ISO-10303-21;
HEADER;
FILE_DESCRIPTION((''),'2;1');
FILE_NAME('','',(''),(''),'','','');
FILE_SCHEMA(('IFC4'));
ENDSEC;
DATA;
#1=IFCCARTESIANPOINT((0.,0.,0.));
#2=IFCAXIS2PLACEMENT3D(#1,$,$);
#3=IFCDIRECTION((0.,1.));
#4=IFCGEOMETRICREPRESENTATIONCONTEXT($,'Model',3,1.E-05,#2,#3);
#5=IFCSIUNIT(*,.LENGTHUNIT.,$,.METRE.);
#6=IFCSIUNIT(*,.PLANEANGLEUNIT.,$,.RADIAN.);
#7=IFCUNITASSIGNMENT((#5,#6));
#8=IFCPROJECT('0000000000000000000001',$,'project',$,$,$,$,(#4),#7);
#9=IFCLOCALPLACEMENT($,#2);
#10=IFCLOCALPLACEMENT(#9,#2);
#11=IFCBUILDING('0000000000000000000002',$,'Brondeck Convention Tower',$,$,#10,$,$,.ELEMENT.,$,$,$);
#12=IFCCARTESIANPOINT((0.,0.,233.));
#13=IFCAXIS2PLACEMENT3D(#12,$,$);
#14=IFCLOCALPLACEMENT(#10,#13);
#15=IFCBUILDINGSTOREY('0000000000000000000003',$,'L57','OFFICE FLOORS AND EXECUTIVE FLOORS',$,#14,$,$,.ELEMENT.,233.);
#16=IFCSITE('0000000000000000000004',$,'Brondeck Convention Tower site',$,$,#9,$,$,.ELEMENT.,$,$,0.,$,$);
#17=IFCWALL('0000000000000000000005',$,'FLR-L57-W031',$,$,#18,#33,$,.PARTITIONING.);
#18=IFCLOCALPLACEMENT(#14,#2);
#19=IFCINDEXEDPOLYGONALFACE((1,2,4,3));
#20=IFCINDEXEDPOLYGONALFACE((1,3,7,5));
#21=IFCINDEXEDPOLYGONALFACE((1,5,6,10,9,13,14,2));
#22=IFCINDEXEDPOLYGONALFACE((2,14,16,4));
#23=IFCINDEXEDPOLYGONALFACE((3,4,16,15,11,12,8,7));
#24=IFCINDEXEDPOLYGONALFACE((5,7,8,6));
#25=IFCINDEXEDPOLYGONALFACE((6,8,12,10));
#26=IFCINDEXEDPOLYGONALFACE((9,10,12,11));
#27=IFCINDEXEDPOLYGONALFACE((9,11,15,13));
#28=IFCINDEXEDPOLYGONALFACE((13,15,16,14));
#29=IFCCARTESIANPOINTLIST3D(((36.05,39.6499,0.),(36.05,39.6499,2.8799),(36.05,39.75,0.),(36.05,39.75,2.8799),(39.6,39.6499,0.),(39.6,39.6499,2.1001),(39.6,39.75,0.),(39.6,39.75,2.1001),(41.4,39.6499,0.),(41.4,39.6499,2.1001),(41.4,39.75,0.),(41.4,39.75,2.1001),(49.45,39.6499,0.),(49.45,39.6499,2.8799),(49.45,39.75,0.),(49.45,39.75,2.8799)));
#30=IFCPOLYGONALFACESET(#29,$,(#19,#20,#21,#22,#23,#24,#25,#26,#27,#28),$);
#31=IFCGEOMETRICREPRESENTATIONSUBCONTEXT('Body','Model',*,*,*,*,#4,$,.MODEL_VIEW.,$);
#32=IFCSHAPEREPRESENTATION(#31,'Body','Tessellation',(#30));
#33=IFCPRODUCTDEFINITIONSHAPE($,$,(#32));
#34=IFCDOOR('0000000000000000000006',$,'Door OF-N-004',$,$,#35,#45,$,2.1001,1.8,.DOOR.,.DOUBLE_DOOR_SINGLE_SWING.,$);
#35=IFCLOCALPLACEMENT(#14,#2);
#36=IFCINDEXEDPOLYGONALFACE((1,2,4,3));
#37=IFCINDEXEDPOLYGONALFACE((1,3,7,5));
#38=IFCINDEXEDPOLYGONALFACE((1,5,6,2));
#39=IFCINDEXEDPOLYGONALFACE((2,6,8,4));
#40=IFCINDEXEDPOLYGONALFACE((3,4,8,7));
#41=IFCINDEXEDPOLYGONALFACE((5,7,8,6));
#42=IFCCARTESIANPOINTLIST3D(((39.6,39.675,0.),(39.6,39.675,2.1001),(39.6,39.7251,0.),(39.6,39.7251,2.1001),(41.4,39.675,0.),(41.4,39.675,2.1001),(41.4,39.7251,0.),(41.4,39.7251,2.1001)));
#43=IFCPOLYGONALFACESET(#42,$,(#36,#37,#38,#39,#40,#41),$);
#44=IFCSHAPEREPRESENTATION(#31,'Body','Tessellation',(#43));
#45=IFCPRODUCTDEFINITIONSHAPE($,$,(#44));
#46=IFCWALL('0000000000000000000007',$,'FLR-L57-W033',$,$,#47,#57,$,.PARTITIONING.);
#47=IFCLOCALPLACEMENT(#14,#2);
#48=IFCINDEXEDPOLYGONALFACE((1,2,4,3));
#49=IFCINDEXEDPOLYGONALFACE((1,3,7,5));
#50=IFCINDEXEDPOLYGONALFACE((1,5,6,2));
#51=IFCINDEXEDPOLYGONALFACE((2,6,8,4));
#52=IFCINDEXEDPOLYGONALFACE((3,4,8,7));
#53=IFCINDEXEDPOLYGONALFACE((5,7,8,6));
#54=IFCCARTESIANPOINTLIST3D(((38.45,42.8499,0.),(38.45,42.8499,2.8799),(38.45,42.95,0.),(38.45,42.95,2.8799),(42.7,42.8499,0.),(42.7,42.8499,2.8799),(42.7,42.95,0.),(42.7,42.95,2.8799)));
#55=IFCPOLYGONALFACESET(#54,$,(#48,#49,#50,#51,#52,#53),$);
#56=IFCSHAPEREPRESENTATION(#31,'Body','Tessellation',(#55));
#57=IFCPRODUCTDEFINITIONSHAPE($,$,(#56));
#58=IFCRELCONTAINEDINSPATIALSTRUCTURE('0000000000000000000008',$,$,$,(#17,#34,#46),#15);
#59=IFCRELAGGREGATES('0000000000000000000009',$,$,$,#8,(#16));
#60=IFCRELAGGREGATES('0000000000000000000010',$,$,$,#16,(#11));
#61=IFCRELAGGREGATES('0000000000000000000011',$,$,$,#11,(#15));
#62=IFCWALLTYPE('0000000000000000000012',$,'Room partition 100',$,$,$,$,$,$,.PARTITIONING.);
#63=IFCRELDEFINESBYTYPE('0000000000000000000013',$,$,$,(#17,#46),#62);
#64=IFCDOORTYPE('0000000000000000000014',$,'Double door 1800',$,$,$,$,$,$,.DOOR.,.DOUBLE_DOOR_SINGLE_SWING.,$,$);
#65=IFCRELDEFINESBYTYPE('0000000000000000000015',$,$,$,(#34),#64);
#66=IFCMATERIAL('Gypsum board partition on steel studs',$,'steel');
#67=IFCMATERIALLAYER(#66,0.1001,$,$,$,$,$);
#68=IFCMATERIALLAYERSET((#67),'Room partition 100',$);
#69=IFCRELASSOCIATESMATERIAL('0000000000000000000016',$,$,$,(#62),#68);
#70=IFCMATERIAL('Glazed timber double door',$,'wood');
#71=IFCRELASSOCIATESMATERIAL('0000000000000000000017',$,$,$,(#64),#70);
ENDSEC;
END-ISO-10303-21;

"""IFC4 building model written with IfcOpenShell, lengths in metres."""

from ifc_helpers import new_model, si_unit, direction, frame, frame_2d, origin, place, context, subcontext, project, spatial, rectangle, extrude, material, layer, layer_set, type_object, element, fill, save


model = new_model("IFC4")

# Units and contexts
model_context = context("Model", 3, precision=1e-05, world=origin(), true_north=direction((0.0, 1.0)))
body_context = subcontext(model_context, "Body", "Model", "MODEL_VIEW")
ifc_project = project(units=[si_unit("LENGTHUNIT", "METRE"), si_unit("PLANEANGLEUNIT", "RADIAN")], contexts=[model_context])

# Site, building, storey
site_placement = place(None, origin())
site = spatial("IfcSite", under=ifc_project, at=site_placement, Name="Brondeck Convention Tower site", CompositionType="ELEMENT", RefElevation=0.0)
building_placement = place(site_placement, origin())
building = spatial("IfcBuilding", under=site, at=building_placement, Name="Brondeck Convention Tower", CompositionType="ELEMENT")
storey_placement = place(building_placement, frame((0.0, 0.0, 233.0)))
storey = spatial("IfcBuildingStorey", under=building, at=storey_placement, Name="L57", Description="OFFICE FLOORS AND EXECUTIVE FLOORS", CompositionType="ELEMENT", Elevation=233.0)

# Shared definitions
ifc_material_1 = material(Name="Gypsum board partition on steel studs", Category="steel")
ifc_layer_1 = layer(ifc_material_1, 0.1001)
ifc_layer_set_1 = layer_set([ifc_layer_1], Name="Room partition 100")
wall_type_1 = type_object("IfcWallType", Name="Room partition 100", PredefinedType="PARTITIONING", material=ifc_layer_set_1)

# Wall, opening, door
wall_1_placement = place(storey_placement, frame((49.45, 39.7, 0.0), z_axis=(0.0, 0.0, 1.0), x_axis=(-1.0, 0.0, 0.0)))
wall_1 = element("IfcWall", 1, at=wall_1_placement, inside=storey, type_object=wall_type_1, Name="FLR-L57-W031", PredefinedType="PARTITIONING", context=body_context, shape_type="SweptSolid", body=[
    extrude(rectangle(XDim=13.3999, YDim=0.1001, at=frame_2d((6.7, 0.0))), origin(), (0.0, 0.0, 1.0), 2.8799),
])
opening_placement = place(wall_1_placement, frame((8.05, 0.0, 0.0)))
opening = element("IfcOpeningElement", 2, at=opening_placement, cuts=wall_1, PredefinedType="OPENING", context=body_context, shape_type="SweptSolid", body=[
    extrude(rectangle(XDim=1.8, YDim=2.1001, at=frame_2d((0.8999, 1.05))), frame((0.0, 0.0601, 0.0), z_axis=(0.0, -1.0, 0.0), x_axis=(1.0, 0.0, 0.0)), (0.0, 0.0, 1.0), 0.1201),
])
ifc_material_2 = material(Name="Glazed timber double door", Category="wood")
door_type = type_object("IfcDoorType", Name="Double door 1800", OperationType="DOUBLE_DOOR_SINGLE_SWING", PredefinedType="DOOR", material=ifc_material_2)
door_placement = place(opening_placement, origin())
door = element("IfcDoor", 3, at=door_placement, inside=storey, type_object=door_type, Name="Door OF-N-004", OperationType="DOUBLE_DOOR_SINGLE_SWING", OverallHeight=2.1001, OverallWidth=1.8, PredefinedType="DOOR", context=body_context, shape_type="SweptSolid", body=[
    extrude(rectangle(XDim=1.8, YDim=2.1001, at=frame_2d((0.8999, 1.05))), frame((0.0, 0.0249, 0.0), z_axis=(0.0, -1.0, 0.0), x_axis=(1.0, 0.0, 0.0)), (0.0, 0.0, 1.0), 0.05),
])
fill(opening, door)

# Wall
wall_2_placement = place(storey_placement, frame((38.45, 42.8999, 0.0), z_axis=(0.0, 0.0, 1.0), x_axis=(1.0, 0.0, 0.0)))
element("IfcWall", 4, at=wall_2_placement, inside=storey, type_object=wall_type_1, Name="FLR-L57-W033", PredefinedType="PARTITIONING", context=body_context, shape_type="SweptSolid", body=[
    extrude(rectangle(XDim=4.25, YDim=0.1001, at=frame_2d((2.125, 0.0))), origin(), (0.0, 0.0, 1.0), 2.8799),
])

save(model, "model.ifc")
